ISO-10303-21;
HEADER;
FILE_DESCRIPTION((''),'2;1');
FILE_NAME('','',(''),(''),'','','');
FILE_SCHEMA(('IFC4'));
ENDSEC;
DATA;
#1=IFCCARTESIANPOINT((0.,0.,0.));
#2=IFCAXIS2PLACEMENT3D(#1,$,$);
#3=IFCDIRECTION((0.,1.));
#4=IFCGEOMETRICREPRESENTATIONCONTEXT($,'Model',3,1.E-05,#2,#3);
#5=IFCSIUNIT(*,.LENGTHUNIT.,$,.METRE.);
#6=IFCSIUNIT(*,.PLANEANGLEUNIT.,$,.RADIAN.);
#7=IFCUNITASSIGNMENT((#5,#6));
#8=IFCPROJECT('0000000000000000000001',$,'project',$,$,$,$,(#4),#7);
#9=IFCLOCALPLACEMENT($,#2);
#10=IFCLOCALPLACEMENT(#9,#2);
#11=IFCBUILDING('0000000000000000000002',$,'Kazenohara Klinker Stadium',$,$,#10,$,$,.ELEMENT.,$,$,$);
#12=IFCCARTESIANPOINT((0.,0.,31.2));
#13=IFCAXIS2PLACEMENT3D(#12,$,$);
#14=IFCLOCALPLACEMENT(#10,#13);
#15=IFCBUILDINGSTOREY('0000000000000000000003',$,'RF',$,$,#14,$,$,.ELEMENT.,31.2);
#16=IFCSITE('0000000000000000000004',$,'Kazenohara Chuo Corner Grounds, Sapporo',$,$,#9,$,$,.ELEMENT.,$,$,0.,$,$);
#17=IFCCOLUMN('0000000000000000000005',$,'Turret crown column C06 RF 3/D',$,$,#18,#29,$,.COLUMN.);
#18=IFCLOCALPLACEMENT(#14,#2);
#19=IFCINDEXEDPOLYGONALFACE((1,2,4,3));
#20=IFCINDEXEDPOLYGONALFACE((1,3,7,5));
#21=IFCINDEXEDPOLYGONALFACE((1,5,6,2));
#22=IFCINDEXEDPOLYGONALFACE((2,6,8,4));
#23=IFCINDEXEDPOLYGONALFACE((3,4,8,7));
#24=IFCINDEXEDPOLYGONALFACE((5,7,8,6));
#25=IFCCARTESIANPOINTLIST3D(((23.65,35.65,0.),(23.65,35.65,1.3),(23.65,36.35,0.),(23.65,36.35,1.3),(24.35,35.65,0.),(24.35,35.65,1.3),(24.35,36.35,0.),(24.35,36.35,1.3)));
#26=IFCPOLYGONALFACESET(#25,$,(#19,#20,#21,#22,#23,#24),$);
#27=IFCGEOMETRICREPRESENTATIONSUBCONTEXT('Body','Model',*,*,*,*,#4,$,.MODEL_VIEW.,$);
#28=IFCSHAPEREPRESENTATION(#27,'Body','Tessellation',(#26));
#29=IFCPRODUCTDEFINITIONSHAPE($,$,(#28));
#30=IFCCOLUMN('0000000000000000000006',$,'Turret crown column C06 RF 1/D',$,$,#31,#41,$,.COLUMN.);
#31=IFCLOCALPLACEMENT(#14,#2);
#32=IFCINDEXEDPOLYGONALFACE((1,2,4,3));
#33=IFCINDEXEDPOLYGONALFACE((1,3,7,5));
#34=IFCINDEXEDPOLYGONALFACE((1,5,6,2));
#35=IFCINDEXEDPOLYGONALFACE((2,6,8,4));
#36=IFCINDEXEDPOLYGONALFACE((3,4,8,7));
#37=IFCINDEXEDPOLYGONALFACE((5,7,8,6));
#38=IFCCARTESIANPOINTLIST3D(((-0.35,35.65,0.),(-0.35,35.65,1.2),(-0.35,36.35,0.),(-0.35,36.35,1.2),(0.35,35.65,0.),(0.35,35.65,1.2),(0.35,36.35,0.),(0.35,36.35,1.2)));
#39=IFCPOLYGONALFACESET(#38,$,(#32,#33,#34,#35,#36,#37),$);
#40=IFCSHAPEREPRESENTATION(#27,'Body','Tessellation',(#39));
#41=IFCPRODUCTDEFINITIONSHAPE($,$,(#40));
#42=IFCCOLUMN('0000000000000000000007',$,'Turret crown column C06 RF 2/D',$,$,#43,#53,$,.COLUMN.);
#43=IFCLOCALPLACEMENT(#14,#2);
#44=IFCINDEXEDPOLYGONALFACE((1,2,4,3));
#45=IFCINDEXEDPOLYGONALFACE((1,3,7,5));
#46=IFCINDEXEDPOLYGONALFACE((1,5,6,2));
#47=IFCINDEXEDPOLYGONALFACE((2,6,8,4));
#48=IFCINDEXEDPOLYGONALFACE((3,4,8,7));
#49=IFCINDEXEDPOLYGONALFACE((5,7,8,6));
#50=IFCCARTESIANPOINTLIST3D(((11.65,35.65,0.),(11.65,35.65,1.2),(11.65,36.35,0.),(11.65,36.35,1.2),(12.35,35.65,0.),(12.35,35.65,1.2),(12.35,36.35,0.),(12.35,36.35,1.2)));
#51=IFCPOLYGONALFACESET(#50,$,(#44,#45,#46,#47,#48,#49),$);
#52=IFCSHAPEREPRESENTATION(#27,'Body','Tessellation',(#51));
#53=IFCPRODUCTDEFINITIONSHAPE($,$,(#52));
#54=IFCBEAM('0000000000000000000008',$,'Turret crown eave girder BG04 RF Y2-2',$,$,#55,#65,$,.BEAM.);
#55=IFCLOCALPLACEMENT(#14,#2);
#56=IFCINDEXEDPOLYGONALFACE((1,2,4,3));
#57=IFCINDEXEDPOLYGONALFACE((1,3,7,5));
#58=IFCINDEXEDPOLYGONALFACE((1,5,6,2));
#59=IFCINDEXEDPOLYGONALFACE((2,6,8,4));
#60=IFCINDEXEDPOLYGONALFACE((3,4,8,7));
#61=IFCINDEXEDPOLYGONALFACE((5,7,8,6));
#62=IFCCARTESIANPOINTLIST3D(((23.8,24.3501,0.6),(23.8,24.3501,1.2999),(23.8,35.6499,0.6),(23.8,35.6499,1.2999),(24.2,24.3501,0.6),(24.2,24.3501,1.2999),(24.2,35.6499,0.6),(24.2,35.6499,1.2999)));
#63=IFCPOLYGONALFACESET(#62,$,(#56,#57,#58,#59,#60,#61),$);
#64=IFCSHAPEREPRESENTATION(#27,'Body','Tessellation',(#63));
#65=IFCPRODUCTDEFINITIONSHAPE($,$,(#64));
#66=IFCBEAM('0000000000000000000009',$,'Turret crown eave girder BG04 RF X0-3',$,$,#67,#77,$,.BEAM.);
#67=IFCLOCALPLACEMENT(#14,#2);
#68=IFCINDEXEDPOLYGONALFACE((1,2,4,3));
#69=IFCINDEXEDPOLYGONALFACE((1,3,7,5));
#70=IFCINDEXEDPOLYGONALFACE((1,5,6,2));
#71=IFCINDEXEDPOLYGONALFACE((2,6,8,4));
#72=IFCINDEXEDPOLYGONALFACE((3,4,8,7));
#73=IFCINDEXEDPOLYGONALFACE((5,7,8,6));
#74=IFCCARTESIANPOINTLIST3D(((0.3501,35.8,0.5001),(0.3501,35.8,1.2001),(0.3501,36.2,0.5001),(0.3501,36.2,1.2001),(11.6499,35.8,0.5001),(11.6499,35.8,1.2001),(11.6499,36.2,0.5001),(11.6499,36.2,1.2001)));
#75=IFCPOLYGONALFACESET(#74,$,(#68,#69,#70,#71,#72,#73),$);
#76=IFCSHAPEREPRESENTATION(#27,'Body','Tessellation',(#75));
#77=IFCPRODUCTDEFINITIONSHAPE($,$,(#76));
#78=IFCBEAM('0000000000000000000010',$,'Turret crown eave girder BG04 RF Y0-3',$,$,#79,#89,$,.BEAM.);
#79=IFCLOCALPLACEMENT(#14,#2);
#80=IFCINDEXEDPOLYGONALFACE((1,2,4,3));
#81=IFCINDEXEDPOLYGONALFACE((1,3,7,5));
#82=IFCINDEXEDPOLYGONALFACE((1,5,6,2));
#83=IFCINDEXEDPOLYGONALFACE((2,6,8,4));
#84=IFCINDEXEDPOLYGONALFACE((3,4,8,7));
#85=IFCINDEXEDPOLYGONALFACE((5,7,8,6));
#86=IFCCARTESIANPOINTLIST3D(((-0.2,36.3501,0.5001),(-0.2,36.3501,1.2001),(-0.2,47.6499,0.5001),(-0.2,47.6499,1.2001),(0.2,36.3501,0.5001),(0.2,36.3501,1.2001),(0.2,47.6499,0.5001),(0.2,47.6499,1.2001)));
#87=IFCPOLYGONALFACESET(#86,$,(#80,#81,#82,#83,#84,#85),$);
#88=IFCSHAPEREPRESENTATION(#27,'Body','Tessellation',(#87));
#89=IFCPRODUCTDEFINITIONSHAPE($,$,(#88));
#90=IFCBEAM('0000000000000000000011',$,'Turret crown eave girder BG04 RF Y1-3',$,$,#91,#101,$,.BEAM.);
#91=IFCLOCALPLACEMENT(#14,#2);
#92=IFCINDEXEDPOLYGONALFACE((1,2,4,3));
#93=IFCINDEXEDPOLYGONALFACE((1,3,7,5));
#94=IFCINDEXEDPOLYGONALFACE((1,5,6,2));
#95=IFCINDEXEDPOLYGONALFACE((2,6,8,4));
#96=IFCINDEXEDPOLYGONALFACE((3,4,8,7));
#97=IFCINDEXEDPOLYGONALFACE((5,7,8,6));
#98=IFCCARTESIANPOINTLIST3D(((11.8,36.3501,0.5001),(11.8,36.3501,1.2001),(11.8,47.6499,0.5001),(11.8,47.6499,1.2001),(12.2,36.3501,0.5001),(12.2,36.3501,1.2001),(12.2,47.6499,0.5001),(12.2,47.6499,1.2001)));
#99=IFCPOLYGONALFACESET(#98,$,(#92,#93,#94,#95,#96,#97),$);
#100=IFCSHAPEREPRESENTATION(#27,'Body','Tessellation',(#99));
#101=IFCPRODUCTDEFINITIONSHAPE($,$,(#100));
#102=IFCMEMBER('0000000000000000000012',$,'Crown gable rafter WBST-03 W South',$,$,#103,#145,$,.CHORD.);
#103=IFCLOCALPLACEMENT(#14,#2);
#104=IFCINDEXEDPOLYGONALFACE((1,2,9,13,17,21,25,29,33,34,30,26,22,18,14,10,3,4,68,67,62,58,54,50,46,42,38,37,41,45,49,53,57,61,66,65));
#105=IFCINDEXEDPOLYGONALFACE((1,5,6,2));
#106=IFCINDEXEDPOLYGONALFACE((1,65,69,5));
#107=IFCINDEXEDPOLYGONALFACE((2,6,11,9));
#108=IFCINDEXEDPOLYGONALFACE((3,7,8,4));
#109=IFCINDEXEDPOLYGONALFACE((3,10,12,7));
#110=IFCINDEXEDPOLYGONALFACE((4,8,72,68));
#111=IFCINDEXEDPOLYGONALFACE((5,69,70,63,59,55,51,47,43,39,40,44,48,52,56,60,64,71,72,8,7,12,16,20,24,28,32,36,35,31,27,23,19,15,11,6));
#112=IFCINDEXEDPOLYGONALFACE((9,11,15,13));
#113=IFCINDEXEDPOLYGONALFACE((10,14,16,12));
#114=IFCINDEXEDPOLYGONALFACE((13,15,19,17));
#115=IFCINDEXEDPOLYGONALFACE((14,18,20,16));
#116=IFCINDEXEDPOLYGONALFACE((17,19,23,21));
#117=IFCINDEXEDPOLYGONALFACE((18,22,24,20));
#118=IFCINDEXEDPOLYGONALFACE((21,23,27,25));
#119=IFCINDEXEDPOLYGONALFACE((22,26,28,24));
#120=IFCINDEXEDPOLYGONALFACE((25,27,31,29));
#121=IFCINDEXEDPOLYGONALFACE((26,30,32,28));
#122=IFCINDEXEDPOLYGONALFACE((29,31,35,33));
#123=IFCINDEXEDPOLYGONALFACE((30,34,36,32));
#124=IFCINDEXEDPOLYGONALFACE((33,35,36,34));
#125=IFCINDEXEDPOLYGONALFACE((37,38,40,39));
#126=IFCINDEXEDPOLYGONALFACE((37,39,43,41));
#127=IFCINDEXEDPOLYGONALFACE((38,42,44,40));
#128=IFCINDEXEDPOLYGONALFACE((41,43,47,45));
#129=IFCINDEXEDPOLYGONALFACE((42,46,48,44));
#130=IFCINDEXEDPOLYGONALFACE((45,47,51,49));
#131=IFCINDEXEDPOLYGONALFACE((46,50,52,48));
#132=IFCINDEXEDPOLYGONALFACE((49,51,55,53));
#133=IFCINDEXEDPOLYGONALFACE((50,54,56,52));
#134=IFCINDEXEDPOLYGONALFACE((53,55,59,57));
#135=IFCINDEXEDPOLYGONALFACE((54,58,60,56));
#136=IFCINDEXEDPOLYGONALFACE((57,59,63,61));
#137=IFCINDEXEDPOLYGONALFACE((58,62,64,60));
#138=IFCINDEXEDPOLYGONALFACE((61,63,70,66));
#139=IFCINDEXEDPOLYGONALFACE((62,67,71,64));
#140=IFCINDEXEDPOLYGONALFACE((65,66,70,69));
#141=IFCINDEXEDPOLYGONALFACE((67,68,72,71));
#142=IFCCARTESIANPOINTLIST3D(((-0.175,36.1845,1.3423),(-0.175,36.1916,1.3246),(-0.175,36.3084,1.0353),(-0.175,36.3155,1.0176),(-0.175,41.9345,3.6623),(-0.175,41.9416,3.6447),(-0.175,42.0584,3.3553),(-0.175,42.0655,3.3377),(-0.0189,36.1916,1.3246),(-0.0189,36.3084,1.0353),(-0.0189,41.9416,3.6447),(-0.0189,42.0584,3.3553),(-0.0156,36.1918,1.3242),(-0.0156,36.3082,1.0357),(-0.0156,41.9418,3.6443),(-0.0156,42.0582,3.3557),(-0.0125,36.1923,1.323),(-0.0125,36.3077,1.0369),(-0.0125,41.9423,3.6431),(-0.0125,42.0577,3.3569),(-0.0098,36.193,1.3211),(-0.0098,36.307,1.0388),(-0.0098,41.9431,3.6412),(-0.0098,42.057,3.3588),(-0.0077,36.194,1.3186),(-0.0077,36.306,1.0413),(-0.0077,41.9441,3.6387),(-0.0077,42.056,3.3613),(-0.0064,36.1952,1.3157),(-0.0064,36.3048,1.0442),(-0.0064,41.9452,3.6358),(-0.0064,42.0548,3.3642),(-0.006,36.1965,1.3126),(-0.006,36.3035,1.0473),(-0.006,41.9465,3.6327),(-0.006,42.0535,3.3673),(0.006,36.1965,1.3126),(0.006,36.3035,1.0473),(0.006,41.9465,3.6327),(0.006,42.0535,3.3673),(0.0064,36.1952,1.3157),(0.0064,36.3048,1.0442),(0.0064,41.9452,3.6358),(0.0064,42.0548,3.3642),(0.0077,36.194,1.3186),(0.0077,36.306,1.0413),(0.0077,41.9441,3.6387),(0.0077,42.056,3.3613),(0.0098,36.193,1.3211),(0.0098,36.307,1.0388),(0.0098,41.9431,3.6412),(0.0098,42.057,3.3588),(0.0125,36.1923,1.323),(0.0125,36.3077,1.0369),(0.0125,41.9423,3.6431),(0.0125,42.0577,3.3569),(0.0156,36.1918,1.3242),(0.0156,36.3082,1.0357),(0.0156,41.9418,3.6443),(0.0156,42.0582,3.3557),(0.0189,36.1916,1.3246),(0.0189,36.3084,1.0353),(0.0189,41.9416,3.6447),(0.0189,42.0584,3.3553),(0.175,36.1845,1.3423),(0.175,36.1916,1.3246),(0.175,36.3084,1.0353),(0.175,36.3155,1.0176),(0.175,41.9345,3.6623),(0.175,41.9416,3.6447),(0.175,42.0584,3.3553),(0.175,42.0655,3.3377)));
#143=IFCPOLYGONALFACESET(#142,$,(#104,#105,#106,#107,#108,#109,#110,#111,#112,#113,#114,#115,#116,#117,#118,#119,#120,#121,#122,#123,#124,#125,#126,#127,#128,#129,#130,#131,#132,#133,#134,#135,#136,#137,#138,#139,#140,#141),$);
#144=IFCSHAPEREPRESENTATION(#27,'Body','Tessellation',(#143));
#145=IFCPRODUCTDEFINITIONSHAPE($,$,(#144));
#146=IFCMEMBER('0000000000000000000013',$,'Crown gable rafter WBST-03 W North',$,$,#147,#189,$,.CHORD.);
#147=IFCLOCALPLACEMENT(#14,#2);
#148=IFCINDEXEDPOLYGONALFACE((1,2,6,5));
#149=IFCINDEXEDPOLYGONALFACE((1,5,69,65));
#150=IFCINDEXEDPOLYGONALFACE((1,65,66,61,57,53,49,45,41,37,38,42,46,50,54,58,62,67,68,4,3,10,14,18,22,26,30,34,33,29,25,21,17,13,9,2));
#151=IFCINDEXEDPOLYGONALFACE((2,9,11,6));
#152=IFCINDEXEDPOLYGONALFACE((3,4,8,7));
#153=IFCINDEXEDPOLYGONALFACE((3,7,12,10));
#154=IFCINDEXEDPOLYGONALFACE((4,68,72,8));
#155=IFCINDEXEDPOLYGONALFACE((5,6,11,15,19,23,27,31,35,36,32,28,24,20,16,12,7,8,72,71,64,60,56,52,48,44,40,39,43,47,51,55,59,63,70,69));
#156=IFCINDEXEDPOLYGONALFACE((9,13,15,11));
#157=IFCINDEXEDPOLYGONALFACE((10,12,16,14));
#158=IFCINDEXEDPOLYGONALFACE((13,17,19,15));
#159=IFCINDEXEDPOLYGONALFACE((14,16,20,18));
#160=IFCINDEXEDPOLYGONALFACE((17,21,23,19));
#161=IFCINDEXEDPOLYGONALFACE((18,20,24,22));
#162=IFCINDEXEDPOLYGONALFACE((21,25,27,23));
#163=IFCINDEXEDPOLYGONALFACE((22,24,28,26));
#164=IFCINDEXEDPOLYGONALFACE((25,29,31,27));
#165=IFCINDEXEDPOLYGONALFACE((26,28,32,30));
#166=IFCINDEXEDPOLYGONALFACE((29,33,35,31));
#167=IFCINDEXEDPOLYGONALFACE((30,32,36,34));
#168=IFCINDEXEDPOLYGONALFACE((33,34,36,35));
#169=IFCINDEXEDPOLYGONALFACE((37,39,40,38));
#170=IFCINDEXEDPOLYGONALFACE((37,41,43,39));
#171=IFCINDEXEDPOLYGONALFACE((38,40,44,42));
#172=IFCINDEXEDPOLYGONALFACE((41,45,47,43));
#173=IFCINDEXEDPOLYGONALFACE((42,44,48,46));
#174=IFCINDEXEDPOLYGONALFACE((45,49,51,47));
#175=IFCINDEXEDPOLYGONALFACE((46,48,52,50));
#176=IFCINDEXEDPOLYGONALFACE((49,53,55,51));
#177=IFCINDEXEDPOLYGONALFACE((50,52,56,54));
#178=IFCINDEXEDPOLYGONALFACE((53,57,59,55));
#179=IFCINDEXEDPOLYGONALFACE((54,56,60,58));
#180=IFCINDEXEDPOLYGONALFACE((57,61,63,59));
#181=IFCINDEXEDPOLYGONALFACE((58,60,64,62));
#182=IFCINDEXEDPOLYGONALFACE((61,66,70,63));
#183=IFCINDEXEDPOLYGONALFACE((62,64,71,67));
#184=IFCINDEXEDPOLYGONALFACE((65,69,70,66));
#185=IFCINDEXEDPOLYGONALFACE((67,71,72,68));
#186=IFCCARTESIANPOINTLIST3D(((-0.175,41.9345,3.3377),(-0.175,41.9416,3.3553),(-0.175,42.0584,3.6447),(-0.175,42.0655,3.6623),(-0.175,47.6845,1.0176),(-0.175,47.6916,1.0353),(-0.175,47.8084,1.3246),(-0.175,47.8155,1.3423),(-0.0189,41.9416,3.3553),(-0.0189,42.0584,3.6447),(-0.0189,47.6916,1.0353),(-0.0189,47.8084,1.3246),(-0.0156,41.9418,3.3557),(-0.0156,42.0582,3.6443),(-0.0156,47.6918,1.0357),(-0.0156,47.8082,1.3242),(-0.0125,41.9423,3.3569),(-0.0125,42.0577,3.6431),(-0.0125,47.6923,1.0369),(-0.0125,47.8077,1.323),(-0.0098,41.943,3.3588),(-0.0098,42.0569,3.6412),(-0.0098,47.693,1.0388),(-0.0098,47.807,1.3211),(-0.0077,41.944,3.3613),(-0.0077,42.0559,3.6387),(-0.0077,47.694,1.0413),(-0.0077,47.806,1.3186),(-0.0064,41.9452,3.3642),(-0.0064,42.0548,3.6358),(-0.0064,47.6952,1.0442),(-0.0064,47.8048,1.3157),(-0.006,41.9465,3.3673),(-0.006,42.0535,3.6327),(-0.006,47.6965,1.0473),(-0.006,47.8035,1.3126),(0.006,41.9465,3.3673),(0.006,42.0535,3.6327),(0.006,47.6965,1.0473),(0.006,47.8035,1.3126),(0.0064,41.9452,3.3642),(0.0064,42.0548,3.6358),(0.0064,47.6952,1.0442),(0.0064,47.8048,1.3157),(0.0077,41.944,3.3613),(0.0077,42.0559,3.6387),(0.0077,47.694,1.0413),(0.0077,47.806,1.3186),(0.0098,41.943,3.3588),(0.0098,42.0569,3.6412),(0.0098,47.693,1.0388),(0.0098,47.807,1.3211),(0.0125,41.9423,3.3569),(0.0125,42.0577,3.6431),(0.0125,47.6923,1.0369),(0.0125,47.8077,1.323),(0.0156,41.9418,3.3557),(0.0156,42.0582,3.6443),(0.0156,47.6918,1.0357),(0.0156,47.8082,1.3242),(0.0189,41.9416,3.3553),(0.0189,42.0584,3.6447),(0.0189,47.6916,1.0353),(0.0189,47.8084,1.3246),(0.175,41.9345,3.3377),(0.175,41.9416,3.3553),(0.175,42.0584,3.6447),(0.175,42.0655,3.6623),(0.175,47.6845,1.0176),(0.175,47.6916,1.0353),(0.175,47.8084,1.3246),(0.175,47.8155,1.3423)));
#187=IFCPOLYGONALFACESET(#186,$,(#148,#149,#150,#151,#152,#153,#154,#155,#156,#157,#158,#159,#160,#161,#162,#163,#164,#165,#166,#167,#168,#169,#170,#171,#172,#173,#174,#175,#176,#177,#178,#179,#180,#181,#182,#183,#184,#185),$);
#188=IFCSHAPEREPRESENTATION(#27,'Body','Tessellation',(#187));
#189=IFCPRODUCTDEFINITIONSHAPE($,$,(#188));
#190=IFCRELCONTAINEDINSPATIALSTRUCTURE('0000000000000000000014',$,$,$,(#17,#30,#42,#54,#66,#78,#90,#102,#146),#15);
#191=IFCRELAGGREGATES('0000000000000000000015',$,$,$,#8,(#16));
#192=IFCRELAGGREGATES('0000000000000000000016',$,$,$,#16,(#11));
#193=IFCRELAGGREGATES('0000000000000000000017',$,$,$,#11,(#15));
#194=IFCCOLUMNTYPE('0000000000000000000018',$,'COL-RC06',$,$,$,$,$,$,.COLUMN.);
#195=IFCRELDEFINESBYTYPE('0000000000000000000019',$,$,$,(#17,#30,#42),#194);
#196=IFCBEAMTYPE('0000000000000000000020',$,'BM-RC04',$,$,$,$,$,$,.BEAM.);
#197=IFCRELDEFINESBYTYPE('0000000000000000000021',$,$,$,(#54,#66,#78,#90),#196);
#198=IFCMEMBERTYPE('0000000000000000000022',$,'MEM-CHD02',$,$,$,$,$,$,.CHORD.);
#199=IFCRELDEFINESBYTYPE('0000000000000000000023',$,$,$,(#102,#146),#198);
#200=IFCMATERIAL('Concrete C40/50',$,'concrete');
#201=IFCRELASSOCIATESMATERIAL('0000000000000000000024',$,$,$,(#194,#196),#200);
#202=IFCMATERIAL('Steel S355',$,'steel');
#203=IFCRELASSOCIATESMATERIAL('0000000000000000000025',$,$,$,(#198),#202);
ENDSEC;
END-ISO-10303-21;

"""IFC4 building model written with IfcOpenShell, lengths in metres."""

from ifc_helpers import new_model, si_unit, direction, frame, origin, origin_2d, place, context, subcontext, project, spatial, rectangle, i_section, extrude, material, material_profile, profile_set, type_object, element, save


model = new_model("IFC4")

# Units and contexts
model_context = context("Model", 3, precision=1e-05, world=origin(), true_north=direction((0.0, 1.0)))
body_context = subcontext(model_context, "Body", "Model", "MODEL_VIEW")
ifc_project = project(units=[si_unit("LENGTHUNIT", "METRE"), si_unit("PLANEANGLEUNIT", "RADIAN")], contexts=[model_context])

# Site, building, storey
site_placement = place(None, origin())
site = spatial("IfcSite", under=ifc_project, at=site_placement, Name="Kazenohara Chuo Corner Grounds, Sapporo", CompositionType="ELEMENT", RefElevation=0.0)
building_placement = place(site_placement, origin())
building = spatial("IfcBuilding", under=site, at=building_placement, Name="Kazenohara Klinker Stadium", CompositionType="ELEMENT")
storey_placement = place(building_placement, frame((0.0, 0.0, 31.2)))
storey = spatial("IfcBuildingStorey", under=building, at=storey_placement, Name="RF", CompositionType="ELEMENT", Elevation=31.2)

# Columns
ifc_material_1 = material(Name="Concrete C40/50", Category="concrete")
ifc_material_profile_1 = material_profile(ifc_material_1, rectangle(XDim=0.7, YDim=0.7, at=origin_2d()), Name="RC-COL-700x700")
ifc_profile_set_1 = profile_set([ifc_material_profile_1], Name="Concrete C40/50")
column_type = type_object("IfcColumnType", Name="COL-RC06", PredefinedType="COLUMN", material=ifc_profile_set_1)
column_placement = place(storey_placement, frame((24.0, 36.0, 0.0), z_axis=(0.0, 0.0, 1.0), x_axis=(1.0, 0.0, 0.0)))
element("IfcColumn", 1, at=column_placement, inside=storey, type_object=column_type, Name="Turret crown column C06 RF 3/D", PredefinedType="COLUMN", context=body_context, shape_type="SweptSolid", body=[
    extrude(rectangle(XDim=0.7, YDim=0.7, at=origin_2d()), origin(), (0.0, 0.0, 1.0), 1.3),
])
for number, where, z_axis, x_axis, name in (
    (2, (0.0, 36.0, 0.0), (0.0, 0.0, 1.0), (1.0, 0.0, 0.0), "Turret crown column C06 RF 1/D"),
    (3, (12.0, 36.0, 0.0), (0.0, 0.0, 1.0), (1.0, 0.0, 0.0), "Turret crown column C06 RF 2/D"),
):
    element("IfcColumn", number, at=place(storey_placement, frame(where, z_axis=z_axis, x_axis=x_axis)), inside=storey, type_object=column_type, Name=name, PredefinedType="COLUMN", context=body_context, shape_type="SweptSolid", body=[
        extrude(rectangle(XDim=0.7, YDim=0.7, at=origin_2d()), origin(), (0.0, 0.0, 1.0), 1.2),
    ])

# Beams
ifc_material_profile_2 = material_profile(ifc_material_1, rectangle(XDim=0.3999, YDim=0.7, at=origin_2d()), Name="RC-BM-400x700")
ifc_profile_set_2 = profile_set([ifc_material_profile_2], Name="Concrete C40/50")
beam_type_1 = type_object("IfcBeamType", Name="BM-RC04", PredefinedType="BEAM", material=ifc_profile_set_2)
for number, where, z_axis, x_axis, name in (
    (4, (24.0, 24.3501, 0.95), (0.0, 1.0, 0.0), (-1.0, 0.0, 0.0), "Turret crown eave girder BG04 RF Y2-2"),
    (5, (0.3501, 36.0, 0.8501), (1.0, 0.0, 0.0), (0.0, 1.0, 0.0), "Turret crown eave girder BG04 RF X0-3"),
    (6, (0.0, 36.3501, 0.8501), (0.0, 1.0, 0.0), (-1.0, 0.0, 0.0), "Turret crown eave girder BG04 RF Y0-3"),
    (7, (12.0, 36.3501, 0.8501), (0.0, 1.0, 0.0), (-1.0, 0.0, 0.0), "Turret crown eave girder BG04 RF Y1-3"),
):
    element("IfcBeam", number, at=place(storey_placement, frame(where, z_axis=z_axis, x_axis=x_axis)), inside=storey, type_object=beam_type_1, Name=name, PredefinedType="BEAM", context=body_context, shape_type="SweptSolid", body=[
        extrude(rectangle(XDim=0.3999, YDim=0.7, at=origin_2d()), origin(), (0.0, 0.0, 1.0), 11.2998),
    ])

# Members
ifc_material_2 = material(Name="Steel S355", Category="steel")
ifc_material_profile_3 = material_profile(ifc_material_2, i_section(OverallWidth=0.3501, OverallDepth=0.3501, WebThickness=0.012, FlangeThickness=0.019, FilletRadius=0.0129, at=origin_2d()), Name="H-350x350x12x19")
ifc_profile_set_3 = profile_set([ifc_material_profile_3], Name="Steel S355")
member_type_1 = type_object("IfcMemberType", Name="MEM-CHD02", PredefinedType="CHORD", material=ifc_profile_set_3)
for number, where, z_axis, x_axis, name in (
    (8, (0.0, 36.25, 1.1799), (0.0, 0.927356, 0.374179), (-1.0, 0.0, 0.0), "Crown gable rafter WBST-03 W South"),
    (9, (0.0, 47.75, 1.1799), (0.0, -0.927356, 0.374179), (1.0, 0.0, 0.0), "Crown gable rafter WBST-03 W North"),
):
    element("IfcMember", number, at=place(storey_placement, frame(where, z_axis=z_axis, x_axis=x_axis)), inside=storey, type_object=member_type_1, Name=name, PredefinedType="CHORD", context=body_context, shape_type="SweptSolid", body=[
        extrude(i_section(OverallWidth=0.3501, OverallDepth=0.3501, WebThickness=0.012, FlangeThickness=0.019, FilletRadius=0.0129, at=origin_2d()), origin(), (0.0, 0.0, 1.0), 6.2004),
    ])

save(model, "model.ifc")
